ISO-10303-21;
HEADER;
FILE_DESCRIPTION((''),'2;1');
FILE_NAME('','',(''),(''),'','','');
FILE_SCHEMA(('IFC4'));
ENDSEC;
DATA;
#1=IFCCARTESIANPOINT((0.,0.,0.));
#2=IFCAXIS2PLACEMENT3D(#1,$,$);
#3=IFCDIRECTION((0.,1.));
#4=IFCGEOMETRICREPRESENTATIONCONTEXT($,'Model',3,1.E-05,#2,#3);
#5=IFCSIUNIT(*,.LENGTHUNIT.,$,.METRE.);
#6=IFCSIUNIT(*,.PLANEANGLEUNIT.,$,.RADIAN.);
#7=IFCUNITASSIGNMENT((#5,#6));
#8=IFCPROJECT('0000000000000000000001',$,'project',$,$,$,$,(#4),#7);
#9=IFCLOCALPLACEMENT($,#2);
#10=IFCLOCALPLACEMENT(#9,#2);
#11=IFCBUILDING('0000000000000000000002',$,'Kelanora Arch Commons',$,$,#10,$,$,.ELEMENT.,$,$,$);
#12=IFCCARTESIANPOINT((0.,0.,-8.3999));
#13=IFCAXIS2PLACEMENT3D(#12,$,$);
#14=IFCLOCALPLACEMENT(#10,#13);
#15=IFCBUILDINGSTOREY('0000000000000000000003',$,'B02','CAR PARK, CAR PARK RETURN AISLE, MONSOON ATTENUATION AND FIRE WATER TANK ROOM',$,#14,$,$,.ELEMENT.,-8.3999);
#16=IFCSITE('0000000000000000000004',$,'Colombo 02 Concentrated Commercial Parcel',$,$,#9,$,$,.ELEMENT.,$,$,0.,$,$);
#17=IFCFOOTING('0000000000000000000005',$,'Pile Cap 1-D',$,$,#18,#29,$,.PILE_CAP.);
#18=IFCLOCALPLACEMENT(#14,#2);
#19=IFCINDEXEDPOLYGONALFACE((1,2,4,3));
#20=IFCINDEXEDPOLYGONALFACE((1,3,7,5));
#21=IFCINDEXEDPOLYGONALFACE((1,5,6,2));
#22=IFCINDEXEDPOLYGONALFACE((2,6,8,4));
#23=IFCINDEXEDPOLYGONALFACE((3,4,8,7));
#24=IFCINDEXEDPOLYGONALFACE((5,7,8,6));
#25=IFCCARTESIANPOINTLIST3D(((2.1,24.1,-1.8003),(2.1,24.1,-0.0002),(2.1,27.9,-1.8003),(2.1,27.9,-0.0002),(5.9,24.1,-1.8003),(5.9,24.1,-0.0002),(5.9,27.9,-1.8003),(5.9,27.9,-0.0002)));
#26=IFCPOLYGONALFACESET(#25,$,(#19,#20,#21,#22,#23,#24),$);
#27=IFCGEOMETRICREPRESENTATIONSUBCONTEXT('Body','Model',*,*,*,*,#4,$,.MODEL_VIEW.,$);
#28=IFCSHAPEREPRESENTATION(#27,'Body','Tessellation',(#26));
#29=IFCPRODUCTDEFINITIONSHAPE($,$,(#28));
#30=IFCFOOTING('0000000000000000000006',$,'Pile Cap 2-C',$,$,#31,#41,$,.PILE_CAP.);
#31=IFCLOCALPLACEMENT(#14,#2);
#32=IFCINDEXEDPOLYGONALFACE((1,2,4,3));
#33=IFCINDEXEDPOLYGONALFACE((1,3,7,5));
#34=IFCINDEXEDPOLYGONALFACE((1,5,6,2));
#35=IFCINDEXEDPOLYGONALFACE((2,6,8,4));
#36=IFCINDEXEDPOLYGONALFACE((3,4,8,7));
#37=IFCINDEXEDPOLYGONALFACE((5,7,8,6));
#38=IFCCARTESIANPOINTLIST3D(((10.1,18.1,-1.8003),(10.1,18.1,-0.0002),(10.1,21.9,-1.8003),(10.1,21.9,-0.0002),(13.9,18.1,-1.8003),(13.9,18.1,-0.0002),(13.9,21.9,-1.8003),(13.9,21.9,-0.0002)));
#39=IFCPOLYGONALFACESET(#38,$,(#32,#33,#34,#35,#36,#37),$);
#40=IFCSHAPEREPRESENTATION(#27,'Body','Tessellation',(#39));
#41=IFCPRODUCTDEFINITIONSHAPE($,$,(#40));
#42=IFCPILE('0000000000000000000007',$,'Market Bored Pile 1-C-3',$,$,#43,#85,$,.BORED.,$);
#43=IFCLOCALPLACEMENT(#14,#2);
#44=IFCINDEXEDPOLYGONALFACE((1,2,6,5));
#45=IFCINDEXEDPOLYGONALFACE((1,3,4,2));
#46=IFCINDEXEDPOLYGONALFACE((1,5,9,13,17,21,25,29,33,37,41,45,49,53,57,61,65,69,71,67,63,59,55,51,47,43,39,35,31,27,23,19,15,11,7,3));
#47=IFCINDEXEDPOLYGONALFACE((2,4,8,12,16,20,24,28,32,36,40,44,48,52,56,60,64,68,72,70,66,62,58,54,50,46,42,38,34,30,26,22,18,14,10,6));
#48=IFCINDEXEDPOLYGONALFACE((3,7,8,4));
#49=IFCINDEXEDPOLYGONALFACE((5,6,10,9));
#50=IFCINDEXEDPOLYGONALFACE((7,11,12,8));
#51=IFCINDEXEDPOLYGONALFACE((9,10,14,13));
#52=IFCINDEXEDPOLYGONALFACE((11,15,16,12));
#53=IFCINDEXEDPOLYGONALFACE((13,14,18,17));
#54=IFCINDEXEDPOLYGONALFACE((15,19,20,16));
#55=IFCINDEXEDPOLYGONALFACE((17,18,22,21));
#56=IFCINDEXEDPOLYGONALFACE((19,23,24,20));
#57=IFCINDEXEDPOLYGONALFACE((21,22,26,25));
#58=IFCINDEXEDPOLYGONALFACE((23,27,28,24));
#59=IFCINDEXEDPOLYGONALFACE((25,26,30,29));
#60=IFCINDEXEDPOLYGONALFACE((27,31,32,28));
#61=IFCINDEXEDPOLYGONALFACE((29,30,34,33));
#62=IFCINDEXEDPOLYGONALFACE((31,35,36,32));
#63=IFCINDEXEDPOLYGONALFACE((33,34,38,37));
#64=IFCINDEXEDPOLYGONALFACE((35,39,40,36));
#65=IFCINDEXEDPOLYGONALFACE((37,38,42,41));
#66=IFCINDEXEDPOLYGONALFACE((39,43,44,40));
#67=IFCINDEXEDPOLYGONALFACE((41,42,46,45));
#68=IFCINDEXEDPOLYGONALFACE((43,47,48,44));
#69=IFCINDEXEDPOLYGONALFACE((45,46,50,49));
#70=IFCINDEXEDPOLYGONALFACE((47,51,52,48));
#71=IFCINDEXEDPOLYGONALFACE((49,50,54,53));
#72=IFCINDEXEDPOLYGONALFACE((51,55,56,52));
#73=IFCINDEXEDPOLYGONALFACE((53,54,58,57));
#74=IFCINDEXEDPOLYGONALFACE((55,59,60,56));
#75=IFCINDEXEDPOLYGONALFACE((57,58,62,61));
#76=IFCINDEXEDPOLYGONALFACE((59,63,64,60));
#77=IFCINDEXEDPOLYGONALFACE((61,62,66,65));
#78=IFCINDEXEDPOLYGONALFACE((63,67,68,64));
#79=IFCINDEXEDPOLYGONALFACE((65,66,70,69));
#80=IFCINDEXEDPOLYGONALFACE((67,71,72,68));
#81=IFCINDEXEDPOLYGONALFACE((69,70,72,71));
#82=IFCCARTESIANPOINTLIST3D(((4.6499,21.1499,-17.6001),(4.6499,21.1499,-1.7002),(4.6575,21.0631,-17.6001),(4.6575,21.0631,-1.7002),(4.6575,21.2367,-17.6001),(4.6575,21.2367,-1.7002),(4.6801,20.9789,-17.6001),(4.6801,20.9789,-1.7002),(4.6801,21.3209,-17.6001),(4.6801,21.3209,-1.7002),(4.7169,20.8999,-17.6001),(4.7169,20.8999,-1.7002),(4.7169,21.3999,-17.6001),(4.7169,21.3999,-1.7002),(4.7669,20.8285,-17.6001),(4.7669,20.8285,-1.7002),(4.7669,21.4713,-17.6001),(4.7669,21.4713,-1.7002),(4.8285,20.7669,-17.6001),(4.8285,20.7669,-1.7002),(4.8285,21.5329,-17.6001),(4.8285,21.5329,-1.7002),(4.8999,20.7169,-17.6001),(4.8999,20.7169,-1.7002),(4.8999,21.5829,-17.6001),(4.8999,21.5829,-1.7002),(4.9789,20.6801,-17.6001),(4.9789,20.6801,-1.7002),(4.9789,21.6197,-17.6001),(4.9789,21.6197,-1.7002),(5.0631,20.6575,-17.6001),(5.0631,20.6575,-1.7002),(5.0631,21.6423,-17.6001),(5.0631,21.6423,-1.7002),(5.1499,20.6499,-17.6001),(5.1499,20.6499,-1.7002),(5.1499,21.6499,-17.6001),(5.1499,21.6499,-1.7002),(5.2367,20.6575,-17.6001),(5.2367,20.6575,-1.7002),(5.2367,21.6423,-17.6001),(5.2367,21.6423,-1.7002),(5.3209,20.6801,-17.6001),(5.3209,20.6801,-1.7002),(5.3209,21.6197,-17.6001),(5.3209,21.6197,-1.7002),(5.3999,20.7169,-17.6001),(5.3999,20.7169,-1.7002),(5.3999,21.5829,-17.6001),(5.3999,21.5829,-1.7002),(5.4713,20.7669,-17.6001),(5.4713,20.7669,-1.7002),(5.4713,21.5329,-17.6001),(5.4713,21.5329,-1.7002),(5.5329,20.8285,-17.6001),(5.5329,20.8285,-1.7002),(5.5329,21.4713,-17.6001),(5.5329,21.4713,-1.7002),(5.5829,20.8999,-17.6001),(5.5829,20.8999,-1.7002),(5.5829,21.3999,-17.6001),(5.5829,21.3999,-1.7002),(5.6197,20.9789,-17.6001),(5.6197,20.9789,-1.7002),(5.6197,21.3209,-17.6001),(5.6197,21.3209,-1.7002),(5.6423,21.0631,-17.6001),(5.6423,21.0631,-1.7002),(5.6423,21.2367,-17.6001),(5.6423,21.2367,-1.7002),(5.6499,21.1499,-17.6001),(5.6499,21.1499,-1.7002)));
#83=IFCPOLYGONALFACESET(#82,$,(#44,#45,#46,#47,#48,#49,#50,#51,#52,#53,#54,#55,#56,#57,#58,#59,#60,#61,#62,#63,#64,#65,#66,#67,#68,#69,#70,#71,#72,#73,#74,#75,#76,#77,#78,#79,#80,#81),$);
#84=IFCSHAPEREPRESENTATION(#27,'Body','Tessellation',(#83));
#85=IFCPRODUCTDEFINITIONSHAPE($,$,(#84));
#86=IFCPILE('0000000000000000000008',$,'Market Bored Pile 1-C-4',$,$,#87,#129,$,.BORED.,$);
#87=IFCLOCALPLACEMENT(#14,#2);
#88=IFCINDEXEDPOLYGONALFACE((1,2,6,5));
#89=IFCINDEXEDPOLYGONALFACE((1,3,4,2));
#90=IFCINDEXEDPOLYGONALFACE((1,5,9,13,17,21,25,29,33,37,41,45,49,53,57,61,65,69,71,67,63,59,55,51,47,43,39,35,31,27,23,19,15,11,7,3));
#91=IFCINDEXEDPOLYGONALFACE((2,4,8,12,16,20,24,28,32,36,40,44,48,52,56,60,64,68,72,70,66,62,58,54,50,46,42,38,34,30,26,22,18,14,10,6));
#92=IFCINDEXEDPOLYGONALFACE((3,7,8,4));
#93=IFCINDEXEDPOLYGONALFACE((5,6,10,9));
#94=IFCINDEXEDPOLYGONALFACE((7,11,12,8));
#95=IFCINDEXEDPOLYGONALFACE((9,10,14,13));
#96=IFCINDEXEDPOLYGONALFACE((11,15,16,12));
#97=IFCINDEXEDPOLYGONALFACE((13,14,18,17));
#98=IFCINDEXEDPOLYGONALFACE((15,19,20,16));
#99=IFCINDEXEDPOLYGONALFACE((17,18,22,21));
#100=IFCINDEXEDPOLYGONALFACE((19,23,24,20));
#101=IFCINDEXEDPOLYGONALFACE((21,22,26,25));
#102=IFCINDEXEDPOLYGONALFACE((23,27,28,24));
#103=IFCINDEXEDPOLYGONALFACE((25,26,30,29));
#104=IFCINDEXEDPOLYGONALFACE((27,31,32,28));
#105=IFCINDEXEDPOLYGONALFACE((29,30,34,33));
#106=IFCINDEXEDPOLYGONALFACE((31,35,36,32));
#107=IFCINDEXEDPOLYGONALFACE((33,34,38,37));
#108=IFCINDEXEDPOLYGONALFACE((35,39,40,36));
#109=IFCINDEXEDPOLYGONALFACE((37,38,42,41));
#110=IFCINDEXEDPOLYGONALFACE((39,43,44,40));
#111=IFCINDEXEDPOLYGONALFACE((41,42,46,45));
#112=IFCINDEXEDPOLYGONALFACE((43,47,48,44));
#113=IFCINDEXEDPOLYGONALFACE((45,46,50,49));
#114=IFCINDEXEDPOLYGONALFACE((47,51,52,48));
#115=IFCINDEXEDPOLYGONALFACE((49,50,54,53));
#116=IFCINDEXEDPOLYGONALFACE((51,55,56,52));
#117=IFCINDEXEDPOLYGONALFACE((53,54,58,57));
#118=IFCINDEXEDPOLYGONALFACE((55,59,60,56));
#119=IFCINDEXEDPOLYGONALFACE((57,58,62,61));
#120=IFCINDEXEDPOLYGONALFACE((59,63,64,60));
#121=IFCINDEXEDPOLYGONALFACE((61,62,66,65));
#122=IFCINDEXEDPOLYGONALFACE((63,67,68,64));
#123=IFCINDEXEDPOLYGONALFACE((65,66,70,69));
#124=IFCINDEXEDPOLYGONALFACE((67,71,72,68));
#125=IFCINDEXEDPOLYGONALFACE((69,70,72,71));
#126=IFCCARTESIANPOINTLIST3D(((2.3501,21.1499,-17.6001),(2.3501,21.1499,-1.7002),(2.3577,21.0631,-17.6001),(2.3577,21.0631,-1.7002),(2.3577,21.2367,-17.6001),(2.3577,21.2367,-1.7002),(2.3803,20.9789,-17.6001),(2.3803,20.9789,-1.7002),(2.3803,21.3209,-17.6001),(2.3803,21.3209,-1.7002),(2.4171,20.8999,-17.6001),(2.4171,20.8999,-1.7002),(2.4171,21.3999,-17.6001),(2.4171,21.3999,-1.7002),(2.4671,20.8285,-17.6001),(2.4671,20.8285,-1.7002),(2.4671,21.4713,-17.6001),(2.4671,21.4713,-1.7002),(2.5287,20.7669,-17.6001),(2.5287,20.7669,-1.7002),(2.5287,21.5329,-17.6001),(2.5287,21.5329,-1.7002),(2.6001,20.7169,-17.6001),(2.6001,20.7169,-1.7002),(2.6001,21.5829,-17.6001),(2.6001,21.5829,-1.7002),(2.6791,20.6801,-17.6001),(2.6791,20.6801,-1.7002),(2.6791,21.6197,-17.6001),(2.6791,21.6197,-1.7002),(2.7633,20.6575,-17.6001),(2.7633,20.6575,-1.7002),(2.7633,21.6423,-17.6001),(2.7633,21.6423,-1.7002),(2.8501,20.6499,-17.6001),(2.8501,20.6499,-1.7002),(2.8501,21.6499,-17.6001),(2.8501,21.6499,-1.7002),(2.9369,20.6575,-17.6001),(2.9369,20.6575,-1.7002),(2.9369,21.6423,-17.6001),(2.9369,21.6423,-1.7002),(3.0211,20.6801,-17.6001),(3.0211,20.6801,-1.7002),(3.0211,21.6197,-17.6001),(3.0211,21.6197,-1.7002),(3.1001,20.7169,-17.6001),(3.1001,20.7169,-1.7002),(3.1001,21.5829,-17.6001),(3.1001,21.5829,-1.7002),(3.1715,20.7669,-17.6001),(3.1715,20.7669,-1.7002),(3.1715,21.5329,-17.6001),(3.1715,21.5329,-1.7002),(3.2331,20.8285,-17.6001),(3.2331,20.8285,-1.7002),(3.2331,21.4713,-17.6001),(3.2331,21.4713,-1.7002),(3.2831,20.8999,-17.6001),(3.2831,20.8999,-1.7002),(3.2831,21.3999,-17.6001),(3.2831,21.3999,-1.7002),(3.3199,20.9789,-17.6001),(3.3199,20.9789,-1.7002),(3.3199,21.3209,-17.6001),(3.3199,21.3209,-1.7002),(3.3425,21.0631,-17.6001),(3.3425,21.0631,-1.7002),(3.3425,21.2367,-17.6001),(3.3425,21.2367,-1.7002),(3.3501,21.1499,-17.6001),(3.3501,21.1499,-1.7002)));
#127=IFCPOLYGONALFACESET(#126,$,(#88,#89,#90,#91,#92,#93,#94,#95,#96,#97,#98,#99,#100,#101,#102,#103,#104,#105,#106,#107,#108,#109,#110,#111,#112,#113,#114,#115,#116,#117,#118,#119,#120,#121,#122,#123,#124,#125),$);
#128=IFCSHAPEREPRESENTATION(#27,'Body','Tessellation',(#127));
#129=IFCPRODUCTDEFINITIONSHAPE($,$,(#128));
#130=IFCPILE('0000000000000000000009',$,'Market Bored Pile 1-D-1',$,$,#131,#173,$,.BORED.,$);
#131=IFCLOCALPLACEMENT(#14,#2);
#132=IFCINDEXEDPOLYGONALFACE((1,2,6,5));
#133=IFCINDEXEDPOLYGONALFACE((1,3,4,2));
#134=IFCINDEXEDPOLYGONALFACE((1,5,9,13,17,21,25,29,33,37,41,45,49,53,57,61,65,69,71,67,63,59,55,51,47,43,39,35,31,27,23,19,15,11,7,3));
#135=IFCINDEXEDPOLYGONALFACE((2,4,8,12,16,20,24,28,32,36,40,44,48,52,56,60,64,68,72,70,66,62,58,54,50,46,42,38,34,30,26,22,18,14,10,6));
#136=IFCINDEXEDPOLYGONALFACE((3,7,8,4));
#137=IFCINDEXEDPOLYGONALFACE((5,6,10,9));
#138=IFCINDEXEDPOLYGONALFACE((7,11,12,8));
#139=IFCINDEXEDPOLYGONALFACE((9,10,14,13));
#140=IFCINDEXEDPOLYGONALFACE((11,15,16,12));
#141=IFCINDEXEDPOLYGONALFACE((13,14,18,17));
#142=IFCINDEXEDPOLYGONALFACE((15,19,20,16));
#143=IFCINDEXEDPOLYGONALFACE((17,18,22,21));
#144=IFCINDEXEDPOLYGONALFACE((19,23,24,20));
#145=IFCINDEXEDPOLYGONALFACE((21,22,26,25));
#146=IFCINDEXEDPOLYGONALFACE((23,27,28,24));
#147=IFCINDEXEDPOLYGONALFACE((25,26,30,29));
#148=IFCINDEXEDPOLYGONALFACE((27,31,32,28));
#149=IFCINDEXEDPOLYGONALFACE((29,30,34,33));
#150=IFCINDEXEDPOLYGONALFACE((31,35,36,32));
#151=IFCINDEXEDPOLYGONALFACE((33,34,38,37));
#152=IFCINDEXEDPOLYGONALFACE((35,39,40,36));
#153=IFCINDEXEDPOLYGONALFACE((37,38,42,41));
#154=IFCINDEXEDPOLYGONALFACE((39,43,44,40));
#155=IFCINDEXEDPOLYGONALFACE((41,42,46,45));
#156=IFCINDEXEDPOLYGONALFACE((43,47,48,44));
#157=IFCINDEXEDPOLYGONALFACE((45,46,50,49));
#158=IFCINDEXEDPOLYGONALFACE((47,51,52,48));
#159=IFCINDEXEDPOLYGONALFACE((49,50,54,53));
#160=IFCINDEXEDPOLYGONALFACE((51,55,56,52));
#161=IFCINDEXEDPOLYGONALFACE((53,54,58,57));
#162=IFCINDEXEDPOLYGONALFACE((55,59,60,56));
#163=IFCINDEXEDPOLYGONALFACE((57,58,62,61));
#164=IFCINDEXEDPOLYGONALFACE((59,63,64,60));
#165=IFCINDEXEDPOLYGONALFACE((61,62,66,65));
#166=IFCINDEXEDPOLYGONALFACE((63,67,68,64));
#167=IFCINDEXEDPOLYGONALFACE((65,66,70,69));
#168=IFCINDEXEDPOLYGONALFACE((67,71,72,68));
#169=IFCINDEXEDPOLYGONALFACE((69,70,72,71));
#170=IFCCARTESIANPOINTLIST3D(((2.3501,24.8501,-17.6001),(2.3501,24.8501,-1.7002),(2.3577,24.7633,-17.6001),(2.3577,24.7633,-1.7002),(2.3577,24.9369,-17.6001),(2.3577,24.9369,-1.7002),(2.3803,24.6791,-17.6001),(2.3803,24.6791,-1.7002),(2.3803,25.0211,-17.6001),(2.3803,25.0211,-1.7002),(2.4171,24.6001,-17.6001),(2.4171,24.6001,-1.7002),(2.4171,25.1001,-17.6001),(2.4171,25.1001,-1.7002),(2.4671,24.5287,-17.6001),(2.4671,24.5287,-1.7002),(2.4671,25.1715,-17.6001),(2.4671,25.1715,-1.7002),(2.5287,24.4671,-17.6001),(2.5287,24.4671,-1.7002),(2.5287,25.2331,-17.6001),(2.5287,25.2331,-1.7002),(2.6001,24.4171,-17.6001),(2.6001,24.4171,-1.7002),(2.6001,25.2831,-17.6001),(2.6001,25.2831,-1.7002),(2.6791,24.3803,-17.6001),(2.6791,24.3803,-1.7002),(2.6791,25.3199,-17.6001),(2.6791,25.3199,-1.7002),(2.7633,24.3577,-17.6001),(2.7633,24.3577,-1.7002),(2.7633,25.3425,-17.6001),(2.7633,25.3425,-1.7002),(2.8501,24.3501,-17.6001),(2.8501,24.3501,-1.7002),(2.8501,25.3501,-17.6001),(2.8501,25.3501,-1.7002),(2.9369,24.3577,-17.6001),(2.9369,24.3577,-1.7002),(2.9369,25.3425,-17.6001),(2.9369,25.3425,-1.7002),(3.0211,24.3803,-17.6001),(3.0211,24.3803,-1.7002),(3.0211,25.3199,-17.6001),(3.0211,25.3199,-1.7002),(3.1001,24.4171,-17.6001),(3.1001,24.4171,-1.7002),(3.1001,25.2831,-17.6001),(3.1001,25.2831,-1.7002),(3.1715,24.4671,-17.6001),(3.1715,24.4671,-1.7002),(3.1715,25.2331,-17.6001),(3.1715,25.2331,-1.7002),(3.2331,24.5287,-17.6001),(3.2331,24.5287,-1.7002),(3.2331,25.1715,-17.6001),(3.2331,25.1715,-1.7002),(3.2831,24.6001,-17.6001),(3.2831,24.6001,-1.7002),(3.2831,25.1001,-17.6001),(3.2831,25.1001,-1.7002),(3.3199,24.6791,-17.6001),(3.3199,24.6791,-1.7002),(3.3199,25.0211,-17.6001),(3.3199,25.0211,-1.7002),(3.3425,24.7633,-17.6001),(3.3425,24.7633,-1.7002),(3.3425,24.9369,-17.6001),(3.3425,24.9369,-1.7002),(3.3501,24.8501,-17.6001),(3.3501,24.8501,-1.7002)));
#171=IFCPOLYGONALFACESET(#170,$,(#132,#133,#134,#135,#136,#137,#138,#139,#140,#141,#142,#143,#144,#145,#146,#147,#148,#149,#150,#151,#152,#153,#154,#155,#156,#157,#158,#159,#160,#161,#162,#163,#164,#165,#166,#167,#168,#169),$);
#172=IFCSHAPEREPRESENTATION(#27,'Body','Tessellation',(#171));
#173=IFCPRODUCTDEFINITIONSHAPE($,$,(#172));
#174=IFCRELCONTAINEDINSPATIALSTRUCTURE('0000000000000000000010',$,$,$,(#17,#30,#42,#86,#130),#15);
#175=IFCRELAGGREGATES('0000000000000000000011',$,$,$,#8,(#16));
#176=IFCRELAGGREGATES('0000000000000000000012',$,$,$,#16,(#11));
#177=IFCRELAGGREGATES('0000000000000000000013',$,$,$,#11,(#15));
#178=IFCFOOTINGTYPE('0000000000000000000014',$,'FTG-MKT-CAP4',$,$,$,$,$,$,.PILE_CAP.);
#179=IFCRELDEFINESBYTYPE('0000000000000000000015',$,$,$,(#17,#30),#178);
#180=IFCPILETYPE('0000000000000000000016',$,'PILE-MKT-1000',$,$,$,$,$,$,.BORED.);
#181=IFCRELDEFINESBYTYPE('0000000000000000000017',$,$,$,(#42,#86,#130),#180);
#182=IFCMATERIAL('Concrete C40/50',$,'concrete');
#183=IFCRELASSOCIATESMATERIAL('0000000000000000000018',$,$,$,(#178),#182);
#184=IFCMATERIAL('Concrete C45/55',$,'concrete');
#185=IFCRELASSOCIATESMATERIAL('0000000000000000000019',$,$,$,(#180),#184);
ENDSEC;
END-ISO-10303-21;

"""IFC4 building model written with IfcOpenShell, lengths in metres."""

from ifc_helpers import new_model, si_unit, direction, frame, origin, origin_2d, place, context, subcontext, project, spatial, rectangle, circle, extrude, source, transform, mapped, material, material_profile, profile_set, type_object, element, save


model = new_model("IFC4")

# Units and contexts
model_context = context("Model", 3, precision=1e-05, world=origin(), true_north=direction((0.0, 1.0)))
body_context = subcontext(model_context, "Body", "Model", "MODEL_VIEW")
ifc_project = project(units=[si_unit("LENGTHUNIT", "METRE"), si_unit("PLANEANGLEUNIT", "RADIAN")], contexts=[model_context])

# Site, building, storey
site_placement = place(None, origin())
site = spatial("IfcSite", under=ifc_project, at=site_placement, Name="Colombo 02 Concentrated Commercial Parcel", CompositionType="ELEMENT", RefElevation=0.0)
building_placement = place(site_placement, origin())
building = spatial("IfcBuilding", under=site, at=building_placement, Name="Kelanora Arch Commons", CompositionType="ELEMENT")
storey_placement = place(building_placement, frame((0.0, 0.0, -8.3999)))
storey = spatial("IfcBuildingStorey", under=building, at=storey_placement, Name="B02", Description="CAR PARK, CAR PARK RETURN AISLE, MONSOON ATTENUATION AND FIRE WATER TANK ROOM", CompositionType="ELEMENT", Elevation=-8.3999)

# Footings
ifc_material_1 = material(Name="Concrete C40/50", Category="concrete")
footing_type_1 = type_object("IfcFootingType", Name="FTG-MKT-CAP4", PredefinedType="PILE_CAP", material=ifc_material_1)
shared_shape_1 = source(origin(), body_context, "Body", "SweptSolid", [
    extrude(rectangle(XDim=3.8, YDim=3.8, at=origin_2d()), origin(), (0.0, 0.0, 1.0), 1.8),
])
for number, where, z_axis, x_axis, name in (
    (1, (4.0, 26.0, -1.8003), (0.0, 0.0, 1.0), (1.0, 0.0, 0.0), "Pile Cap 1-D"),
    (2, (12.0, 20.0, -1.8003), (0.0, 0.0, 1.0), (1.0, 0.0, 0.0), "Pile Cap 2-C"),
):
    element("IfcFooting", number, at=place(storey_placement, frame(where, z_axis=z_axis, x_axis=x_axis)), inside=storey, type_object=footing_type_1, Name=name, PredefinedType="PILE_CAP", context=body_context, shape_type="MappedRepresentation", body=[
        mapped(shared_shape_1, transform((0.0, 0.0, 0.0), scale=1.0)),
    ])

# Piles
ifc_material_2 = material(Name="Concrete C45/55", Category="concrete")
ifc_material_profile_1 = material_profile(ifc_material_2, circle(Radius=0.5, at=origin_2d()), Name="PILE1000")
ifc_profile_set_1 = profile_set([ifc_material_profile_1], Name="Concrete C45/55")
pile_type = type_object("IfcPileType", Name="PILE-MKT-1000", PredefinedType="BORED", material=ifc_profile_set_1)
shared_shape_2 = source(origin(), body_context, "Body", "SweptSolid", [
    extrude(circle(Radius=0.5, at=origin_2d()), origin(), (0.0, 0.0, 1.0), 15.8999),
])
for number, where, z_axis, x_axis, name in (
    (3, (5.1499, 21.1499, -1.7002), (0.0, 0.0, -1.0), (1.0, 0.0, 0.0), "Market Bored Pile 1-C-3"),
    (4, (2.8501, 21.1499, -1.7002), (0.0, 0.0, -1.0), (1.0, 0.0, 0.0), "Market Bored Pile 1-C-4"),
    (5, (2.8501, 24.8501, -1.7002), (0.0, 0.0, -1.0), (1.0, 0.0, 0.0), "Market Bored Pile 1-D-1"),
):
    element("IfcPile", number, at=place(storey_placement, frame(where, z_axis=z_axis, x_axis=x_axis)), inside=storey, type_object=pile_type, Name=name, PredefinedType="BORED", context=body_context, shape_type="MappedRepresentation", body=[
        mapped(shared_shape_2, transform((0.0, 0.0, 0.0), scale=1.0)),
    ])

save(model, "model.ifc")
